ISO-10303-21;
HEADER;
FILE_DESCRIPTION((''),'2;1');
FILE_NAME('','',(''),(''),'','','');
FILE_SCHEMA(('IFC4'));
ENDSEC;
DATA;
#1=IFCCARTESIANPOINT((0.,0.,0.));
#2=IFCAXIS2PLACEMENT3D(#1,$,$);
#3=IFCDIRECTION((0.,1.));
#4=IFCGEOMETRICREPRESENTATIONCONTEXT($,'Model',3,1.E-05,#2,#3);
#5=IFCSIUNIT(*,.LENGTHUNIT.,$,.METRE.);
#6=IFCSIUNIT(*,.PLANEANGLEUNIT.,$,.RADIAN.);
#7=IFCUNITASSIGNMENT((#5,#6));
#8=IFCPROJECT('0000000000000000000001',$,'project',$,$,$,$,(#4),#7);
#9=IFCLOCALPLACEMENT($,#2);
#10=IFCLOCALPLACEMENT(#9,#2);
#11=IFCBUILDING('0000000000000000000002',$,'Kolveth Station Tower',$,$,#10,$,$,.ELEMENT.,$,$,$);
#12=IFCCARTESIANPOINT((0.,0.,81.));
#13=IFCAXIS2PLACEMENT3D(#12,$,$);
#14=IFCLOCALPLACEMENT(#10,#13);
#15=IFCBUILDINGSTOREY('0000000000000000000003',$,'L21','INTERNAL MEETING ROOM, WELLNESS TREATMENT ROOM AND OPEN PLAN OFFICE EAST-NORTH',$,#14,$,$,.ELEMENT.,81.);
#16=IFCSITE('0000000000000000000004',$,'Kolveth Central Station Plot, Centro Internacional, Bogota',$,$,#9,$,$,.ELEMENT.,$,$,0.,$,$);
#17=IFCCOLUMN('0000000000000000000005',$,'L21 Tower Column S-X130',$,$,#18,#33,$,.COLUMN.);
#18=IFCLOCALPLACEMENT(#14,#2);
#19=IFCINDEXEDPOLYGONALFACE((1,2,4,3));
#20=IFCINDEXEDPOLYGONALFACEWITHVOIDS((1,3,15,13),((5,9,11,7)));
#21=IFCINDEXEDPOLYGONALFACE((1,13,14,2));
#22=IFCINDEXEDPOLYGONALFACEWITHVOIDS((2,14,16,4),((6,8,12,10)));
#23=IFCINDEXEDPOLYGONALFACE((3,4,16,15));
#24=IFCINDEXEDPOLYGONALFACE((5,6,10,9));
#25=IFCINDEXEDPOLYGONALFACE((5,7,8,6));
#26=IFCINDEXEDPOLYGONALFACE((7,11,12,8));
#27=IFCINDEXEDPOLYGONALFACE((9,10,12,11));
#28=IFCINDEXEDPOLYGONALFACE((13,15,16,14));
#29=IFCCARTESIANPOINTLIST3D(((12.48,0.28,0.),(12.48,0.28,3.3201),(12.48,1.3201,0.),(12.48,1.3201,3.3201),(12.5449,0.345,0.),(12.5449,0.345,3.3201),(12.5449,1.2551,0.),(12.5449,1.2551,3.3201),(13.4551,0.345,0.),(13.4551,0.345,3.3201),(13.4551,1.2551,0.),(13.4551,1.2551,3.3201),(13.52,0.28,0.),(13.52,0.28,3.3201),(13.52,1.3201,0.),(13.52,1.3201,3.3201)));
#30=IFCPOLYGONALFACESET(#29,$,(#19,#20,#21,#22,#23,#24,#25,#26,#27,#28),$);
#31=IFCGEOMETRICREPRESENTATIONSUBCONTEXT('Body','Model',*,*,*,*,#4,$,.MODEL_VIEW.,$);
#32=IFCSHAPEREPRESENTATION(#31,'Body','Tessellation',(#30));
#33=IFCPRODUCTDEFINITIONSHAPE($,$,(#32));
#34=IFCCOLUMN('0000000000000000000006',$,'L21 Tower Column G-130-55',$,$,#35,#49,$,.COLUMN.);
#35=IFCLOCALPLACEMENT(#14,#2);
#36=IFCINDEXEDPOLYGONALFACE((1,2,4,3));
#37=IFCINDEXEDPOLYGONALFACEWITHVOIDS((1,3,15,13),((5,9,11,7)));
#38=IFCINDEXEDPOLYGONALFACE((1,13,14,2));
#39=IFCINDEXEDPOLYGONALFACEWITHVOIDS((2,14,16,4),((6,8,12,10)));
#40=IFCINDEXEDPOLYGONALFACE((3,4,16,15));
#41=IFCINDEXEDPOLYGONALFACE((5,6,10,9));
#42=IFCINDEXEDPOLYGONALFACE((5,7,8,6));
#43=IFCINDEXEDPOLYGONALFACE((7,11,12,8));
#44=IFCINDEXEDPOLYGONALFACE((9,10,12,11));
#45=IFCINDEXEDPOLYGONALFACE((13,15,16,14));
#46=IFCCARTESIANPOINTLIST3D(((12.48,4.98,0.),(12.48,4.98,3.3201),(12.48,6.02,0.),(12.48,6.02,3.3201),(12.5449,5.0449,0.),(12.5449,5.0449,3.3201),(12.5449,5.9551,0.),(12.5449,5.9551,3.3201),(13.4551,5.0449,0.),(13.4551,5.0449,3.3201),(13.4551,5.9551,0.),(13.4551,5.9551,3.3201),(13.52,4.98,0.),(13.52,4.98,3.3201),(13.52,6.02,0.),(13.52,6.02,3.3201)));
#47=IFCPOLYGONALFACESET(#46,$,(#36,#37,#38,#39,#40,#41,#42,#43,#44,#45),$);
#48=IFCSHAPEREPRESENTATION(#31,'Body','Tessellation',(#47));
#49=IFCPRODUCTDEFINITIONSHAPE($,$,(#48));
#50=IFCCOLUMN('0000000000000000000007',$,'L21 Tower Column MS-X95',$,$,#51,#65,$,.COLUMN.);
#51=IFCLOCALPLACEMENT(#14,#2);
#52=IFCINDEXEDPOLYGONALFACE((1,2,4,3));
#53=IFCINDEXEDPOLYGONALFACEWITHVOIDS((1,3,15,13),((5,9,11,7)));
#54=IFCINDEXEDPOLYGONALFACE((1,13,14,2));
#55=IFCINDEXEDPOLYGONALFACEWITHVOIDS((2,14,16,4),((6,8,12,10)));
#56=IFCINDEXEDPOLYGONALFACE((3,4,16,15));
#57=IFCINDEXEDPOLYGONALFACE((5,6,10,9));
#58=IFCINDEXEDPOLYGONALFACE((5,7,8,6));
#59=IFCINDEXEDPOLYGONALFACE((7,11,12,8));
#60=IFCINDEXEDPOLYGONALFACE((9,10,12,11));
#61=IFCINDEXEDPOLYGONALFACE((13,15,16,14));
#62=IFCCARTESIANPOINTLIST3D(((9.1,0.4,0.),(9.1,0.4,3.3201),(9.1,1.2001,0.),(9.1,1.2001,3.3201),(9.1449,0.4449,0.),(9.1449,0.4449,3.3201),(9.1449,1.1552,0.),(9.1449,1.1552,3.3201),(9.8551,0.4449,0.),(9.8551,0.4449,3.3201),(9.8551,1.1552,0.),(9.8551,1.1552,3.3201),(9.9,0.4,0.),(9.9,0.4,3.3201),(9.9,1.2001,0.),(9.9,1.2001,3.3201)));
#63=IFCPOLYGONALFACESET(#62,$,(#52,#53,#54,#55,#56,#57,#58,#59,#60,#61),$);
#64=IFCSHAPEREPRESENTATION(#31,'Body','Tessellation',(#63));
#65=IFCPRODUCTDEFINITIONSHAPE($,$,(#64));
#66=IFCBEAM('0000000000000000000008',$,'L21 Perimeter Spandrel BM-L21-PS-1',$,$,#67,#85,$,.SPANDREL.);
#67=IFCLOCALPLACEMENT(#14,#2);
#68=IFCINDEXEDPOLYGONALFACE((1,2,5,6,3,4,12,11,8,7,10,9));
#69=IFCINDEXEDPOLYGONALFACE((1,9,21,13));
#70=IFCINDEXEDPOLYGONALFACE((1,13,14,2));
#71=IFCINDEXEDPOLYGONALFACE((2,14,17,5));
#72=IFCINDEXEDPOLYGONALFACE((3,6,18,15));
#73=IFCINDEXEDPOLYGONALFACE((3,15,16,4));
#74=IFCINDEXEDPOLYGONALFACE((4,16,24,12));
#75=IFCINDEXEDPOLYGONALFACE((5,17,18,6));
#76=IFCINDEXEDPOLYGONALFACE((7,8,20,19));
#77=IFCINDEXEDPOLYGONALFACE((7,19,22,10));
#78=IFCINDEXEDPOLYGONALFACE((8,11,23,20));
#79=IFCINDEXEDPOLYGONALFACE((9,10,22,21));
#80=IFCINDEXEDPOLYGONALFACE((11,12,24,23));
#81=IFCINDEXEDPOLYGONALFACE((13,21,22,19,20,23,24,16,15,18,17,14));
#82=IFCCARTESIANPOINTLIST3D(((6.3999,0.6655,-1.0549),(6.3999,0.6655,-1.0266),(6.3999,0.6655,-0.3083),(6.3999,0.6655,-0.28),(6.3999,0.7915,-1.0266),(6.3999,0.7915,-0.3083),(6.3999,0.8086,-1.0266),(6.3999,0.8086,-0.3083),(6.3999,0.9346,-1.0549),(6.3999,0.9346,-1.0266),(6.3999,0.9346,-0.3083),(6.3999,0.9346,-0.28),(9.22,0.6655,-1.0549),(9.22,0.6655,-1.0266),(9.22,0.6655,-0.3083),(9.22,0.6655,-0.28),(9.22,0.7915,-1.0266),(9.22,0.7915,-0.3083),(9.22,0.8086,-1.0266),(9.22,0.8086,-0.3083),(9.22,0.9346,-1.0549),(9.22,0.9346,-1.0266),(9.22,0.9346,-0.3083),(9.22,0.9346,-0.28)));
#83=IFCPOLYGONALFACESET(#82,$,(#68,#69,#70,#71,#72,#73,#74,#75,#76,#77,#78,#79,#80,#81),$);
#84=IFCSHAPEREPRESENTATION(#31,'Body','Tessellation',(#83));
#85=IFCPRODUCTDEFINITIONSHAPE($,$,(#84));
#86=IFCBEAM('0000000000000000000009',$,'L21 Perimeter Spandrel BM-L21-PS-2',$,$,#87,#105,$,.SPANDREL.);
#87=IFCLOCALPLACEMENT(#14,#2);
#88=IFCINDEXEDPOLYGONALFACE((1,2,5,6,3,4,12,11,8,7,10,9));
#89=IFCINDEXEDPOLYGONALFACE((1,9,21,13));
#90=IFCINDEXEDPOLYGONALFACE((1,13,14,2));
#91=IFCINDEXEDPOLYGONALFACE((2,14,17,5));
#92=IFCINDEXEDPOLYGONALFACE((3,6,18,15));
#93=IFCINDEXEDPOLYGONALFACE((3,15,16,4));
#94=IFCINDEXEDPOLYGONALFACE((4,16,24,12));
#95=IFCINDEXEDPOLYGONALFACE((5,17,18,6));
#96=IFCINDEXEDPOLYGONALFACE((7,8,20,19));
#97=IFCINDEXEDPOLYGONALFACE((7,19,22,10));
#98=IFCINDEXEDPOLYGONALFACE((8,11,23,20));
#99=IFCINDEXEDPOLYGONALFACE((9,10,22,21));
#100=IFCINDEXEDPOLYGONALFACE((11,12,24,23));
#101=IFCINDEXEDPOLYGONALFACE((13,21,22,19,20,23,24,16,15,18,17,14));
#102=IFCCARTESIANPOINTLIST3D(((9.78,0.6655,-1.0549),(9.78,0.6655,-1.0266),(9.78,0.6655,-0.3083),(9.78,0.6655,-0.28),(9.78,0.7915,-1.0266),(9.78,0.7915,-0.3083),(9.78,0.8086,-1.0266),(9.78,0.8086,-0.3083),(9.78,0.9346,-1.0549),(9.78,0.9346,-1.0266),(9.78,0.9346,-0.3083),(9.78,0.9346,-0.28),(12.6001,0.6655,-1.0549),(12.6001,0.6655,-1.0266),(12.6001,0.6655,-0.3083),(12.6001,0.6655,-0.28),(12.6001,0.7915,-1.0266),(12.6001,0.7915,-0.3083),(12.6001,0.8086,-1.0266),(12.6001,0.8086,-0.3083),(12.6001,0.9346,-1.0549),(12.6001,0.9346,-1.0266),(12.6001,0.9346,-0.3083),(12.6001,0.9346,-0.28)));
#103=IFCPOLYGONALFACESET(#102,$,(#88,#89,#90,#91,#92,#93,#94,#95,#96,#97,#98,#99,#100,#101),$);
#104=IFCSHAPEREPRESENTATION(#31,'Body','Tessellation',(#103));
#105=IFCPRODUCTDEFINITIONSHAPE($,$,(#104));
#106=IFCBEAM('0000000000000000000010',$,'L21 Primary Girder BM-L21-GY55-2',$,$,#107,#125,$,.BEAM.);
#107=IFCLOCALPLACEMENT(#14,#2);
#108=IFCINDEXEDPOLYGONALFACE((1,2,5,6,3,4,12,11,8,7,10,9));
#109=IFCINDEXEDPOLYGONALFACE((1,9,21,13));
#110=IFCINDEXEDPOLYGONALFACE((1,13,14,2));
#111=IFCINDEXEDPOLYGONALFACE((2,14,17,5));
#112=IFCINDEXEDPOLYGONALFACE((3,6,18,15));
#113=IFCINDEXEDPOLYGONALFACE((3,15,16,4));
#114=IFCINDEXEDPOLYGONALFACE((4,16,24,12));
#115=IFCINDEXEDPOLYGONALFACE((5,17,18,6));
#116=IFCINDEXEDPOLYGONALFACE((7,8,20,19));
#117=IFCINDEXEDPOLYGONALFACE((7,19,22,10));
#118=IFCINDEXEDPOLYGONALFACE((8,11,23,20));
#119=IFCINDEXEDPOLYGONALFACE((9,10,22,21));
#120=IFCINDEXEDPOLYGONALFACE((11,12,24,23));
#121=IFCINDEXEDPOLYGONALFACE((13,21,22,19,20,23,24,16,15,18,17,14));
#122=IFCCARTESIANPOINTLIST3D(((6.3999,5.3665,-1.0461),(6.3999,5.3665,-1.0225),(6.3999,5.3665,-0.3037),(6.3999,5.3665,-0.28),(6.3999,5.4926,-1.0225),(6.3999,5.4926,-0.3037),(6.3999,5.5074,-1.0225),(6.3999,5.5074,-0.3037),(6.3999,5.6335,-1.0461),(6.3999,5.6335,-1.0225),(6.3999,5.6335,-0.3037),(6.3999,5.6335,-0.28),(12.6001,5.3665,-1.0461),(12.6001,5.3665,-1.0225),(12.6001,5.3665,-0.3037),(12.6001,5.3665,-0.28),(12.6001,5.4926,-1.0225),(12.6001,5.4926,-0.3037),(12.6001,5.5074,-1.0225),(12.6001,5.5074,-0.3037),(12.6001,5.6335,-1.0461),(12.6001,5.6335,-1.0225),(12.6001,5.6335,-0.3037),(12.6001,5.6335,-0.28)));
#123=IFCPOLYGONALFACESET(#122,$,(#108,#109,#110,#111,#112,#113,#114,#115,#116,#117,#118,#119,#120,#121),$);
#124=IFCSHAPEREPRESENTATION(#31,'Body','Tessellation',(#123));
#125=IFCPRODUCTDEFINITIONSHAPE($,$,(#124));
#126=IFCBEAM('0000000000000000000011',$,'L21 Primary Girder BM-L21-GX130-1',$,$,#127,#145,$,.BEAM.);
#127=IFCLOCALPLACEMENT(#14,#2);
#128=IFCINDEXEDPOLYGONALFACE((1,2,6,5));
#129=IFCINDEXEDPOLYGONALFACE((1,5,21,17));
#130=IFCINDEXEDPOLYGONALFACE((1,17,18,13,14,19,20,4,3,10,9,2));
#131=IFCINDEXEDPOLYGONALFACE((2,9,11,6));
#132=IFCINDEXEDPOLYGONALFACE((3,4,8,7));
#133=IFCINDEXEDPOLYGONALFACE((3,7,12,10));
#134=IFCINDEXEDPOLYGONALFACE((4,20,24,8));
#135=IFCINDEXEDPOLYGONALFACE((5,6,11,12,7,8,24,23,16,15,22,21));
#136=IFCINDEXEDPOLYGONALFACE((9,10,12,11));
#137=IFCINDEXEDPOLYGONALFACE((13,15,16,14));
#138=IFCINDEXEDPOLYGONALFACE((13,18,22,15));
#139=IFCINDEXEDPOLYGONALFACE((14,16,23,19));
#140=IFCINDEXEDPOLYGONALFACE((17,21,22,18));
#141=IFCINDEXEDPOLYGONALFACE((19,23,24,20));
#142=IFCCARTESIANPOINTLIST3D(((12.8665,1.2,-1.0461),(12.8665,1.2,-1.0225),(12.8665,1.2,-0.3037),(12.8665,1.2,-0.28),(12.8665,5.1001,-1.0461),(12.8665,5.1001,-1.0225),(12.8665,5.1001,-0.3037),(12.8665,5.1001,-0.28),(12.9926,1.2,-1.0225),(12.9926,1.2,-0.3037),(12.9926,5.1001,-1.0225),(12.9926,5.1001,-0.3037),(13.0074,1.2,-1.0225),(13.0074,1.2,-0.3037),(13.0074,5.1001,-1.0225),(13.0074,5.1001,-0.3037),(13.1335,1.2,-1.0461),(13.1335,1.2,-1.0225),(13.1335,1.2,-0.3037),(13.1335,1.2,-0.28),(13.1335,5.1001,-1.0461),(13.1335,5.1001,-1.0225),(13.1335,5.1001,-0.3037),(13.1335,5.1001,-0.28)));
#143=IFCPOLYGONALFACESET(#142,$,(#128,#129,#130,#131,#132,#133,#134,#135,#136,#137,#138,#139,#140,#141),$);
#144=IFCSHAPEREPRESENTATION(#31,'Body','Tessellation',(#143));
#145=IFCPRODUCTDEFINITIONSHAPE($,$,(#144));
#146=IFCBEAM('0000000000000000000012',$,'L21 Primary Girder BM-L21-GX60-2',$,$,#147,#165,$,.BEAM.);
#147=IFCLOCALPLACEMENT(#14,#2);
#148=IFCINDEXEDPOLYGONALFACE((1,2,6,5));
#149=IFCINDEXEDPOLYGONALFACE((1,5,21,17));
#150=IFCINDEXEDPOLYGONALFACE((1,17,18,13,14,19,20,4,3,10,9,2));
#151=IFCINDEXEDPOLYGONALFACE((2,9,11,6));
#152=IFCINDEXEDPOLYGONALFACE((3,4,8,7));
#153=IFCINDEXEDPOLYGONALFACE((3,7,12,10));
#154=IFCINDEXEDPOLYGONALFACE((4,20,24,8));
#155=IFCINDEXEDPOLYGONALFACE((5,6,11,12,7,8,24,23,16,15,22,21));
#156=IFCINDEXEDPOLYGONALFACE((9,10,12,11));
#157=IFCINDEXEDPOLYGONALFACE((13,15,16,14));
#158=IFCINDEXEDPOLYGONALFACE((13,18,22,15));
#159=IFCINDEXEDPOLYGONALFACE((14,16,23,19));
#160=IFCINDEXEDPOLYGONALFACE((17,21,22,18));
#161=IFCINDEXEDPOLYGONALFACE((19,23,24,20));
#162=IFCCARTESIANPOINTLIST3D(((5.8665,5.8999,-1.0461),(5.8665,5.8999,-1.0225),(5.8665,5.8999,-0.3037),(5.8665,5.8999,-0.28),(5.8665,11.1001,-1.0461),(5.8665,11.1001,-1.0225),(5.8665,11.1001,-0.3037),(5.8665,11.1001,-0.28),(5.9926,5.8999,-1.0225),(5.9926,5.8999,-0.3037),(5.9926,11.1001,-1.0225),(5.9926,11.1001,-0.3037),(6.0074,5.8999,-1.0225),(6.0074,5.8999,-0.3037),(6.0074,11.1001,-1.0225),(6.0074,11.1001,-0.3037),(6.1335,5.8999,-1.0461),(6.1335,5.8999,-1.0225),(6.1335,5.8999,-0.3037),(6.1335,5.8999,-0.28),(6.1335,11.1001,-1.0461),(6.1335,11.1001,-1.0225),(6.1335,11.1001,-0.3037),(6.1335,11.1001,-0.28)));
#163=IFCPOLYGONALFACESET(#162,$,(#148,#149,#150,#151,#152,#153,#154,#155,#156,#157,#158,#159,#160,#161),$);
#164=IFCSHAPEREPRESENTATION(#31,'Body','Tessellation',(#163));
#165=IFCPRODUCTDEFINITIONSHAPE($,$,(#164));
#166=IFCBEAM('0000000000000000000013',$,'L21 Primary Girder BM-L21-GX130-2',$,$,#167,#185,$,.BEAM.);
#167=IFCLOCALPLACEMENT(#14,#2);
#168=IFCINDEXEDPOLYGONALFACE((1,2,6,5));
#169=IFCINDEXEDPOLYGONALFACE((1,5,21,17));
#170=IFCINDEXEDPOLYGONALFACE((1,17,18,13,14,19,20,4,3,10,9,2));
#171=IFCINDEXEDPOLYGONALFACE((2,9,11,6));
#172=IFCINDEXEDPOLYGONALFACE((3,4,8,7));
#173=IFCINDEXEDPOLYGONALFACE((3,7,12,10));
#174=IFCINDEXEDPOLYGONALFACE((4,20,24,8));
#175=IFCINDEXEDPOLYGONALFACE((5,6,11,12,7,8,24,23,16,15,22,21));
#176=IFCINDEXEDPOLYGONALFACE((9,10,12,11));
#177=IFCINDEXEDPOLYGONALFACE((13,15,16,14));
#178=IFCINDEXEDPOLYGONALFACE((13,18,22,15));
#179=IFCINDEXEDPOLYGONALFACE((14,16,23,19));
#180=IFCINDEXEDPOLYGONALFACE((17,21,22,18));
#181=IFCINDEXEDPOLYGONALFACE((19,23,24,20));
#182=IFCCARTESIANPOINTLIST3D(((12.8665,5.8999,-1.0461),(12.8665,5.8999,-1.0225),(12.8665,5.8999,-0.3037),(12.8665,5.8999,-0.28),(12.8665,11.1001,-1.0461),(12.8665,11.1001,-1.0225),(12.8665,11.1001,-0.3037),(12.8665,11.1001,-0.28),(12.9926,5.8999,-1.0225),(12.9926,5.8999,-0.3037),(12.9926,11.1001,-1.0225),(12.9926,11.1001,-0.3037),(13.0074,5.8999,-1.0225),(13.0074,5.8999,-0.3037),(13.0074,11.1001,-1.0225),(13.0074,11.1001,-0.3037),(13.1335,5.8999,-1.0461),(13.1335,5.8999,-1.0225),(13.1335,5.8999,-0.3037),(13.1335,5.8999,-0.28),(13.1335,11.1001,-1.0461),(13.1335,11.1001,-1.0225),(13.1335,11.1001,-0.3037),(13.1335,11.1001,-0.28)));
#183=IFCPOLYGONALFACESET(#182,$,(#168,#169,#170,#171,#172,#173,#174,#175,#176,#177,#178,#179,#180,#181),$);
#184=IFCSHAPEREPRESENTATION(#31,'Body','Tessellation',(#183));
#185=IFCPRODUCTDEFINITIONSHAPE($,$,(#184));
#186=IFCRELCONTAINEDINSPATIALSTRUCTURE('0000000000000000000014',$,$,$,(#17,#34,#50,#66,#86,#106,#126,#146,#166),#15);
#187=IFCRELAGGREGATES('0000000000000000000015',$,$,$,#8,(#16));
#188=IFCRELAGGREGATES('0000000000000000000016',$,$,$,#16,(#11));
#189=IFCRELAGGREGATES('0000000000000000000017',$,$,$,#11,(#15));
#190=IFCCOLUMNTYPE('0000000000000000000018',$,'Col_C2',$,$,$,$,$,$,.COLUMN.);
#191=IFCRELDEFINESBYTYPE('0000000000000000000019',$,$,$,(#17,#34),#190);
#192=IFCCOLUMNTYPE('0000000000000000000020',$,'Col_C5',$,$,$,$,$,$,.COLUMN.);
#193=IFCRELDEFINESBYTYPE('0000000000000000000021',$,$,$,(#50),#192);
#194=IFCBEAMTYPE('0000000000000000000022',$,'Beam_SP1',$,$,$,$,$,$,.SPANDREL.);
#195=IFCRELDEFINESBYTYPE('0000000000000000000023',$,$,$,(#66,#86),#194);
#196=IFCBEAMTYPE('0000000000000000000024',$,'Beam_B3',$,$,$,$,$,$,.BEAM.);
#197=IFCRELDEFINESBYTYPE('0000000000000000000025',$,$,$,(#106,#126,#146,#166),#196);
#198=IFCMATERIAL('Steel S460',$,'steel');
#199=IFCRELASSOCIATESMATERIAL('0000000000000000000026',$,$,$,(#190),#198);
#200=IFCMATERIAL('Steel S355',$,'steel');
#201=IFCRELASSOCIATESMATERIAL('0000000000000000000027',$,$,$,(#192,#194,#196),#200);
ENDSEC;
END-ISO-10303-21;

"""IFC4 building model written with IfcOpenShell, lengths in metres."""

from ifc_helpers import new_model, si_unit, direction, frame, origin, origin_2d, place, context, subcontext, project, spatial, hollow_rectangle, i_section, extrude, source, transform, mapped, material, material_profile, profile_set, type_object, element, save


model = new_model("IFC4")

# Units and contexts
model_context = context("Model", 3, precision=1e-05, world=origin(), true_north=direction((0.0, 1.0)))
body_context = subcontext(model_context, "Body", "Model", "MODEL_VIEW")
ifc_project = project(units=[si_unit("LENGTHUNIT", "METRE"), si_unit("PLANEANGLEUNIT", "RADIAN")], contexts=[model_context])

# Site, building, storey
site_placement = place(None, origin())
site = spatial("IfcSite", under=ifc_project, at=site_placement, Name="Kolveth Central Station Plot, Centro Internacional, Bogota", CompositionType="ELEMENT", RefElevation=0.0)
building_placement = place(site_placement, origin())
building = spatial("IfcBuilding", under=site, at=building_placement, Name="Kolveth Station Tower", CompositionType="ELEMENT")
storey_placement = place(building_placement, frame((0.0, 0.0, 81.0)))
storey = spatial("IfcBuildingStorey", under=building, at=storey_placement, Name="L21", Description="INTERNAL MEETING ROOM, WELLNESS TREATMENT ROOM AND OPEN PLAN OFFICE EAST-NORTH", CompositionType="ELEMENT", Elevation=81.0)

# Columns
ifc_material_1 = material(Name="Steel S460", Category="steel")
ifc_material_profile_1 = material_profile(ifc_material_1, hollow_rectangle(XDim=1.04, YDim=1.04, WallThickness=0.0649, at=origin_2d()), Name="BOX1040x1040x65")
ifc_profile_set_1 = profile_set([ifc_material_profile_1], Name="Steel S460")
column_type_1 = type_object("IfcColumnType", Name="Col_C2", PredefinedType="COLUMN", material=ifc_profile_set_1)
shared_shape_1 = source(origin(), body_context, "Body", "SweptSolid", [
    extrude(hollow_rectangle(XDim=1.04, YDim=1.04, WallThickness=0.0649, at=origin_2d()), origin(), (0.0, 0.0, 1.0), 3.3201),
])
for number, where, z_axis, x_axis, name in (
    (1, (13.0, 0.8, 0.0), (0.0, 0.0, 1.0), (1.0, 0.0, 0.0), "L21 Tower Column S-X130"),
    (2, (13.0, 5.5, 0.0), (0.0, 0.0, 1.0), (1.0, 0.0, 0.0), "L21 Tower Column G-130-55"),
):
    element("IfcColumn", number, at=place(storey_placement, frame(where, z_axis=z_axis, x_axis=x_axis)), inside=storey, type_object=column_type_1, Name=name, PredefinedType="COLUMN", context=body_context, shape_type="MappedRepresentation", body=[
        mapped(shared_shape_1, transform((0.0, 0.0, 0.0), x_axis=(1.0, 0.0, 0.0), y_axis=(0.0, 1.0, 0.0), z_axis=(0.0, 0.0, 1.0), scale=1.0)),
    ])
ifc_material_2 = material(Name="Steel S355", Category="steel")
ifc_material_profile_2 = material_profile(ifc_material_2, hollow_rectangle(XDim=0.8, YDim=0.8, WallThickness=0.0449, at=origin_2d()), Name="BOX800x800x45")
ifc_profile_set_2 = profile_set([ifc_material_profile_2], Name="Steel S355")
column_type_2 = type_object("IfcColumnType", Name="Col_C5", PredefinedType="COLUMN", material=ifc_profile_set_2)
shared_shape_2 = source(origin(), body_context, "Body", "SweptSolid", [
    extrude(hollow_rectangle(XDim=0.8, YDim=0.8, WallThickness=0.0449, at=origin_2d()), origin(), (0.0, 0.0, 1.0), 3.3201),
])
column_placement = place(storey_placement, frame((9.5, 0.8, 0.0), z_axis=(0.0, 0.0, 1.0), x_axis=(1.0, 0.0, 0.0)))
element("IfcColumn", 3, at=column_placement, inside=storey, type_object=column_type_2, Name="L21 Tower Column MS-X95", PredefinedType="COLUMN", context=body_context, shape_type="MappedRepresentation", body=[
    mapped(shared_shape_2, transform((0.0, 0.0, 0.0), x_axis=(1.0, 0.0, 0.0), y_axis=(0.0, 1.0, 0.0), z_axis=(0.0, 0.0, 1.0), scale=1.0)),
])

# Beams
ifc_material_profile_3 = material_profile(ifc_material_2, i_section(OverallWidth=0.269, OverallDepth=0.7749, WebThickness=0.0171, FlangeThickness=0.0283, at=origin_2d()), Name="W760x220")
ifc_profile_set_3 = profile_set([ifc_material_profile_3], Name="Steel S355")
beam_type_1 = type_object("IfcBeamType", Name="Beam_SP1", PredefinedType="SPANDREL", material=ifc_profile_set_3)
shared_shape_3 = source(origin(), body_context, "Body", "SweptSolid", [
    extrude(i_section(OverallWidth=0.269, OverallDepth=0.7749, WebThickness=0.0171, FlangeThickness=0.0283, at=origin_2d()), origin(), (0.0, 0.0, 1.0), 2.8201),
])
for number, where, z_axis, x_axis, name in (
    (4, (6.3999, 0.8, -0.6675), (1.0, 0.0, 0.0), (0.0, 1.0, 0.0), "L21 Perimeter Spandrel BM-L21-PS-1"),
    (5, (9.78, 0.8, -0.6675), (1.0, 0.0, 0.0), (0.0, 1.0, 0.0), "L21 Perimeter Spandrel BM-L21-PS-2"),
):
    element("IfcBeam", number, at=place(storey_placement, frame(where, z_axis=z_axis, x_axis=x_axis)), inside=storey, type_object=beam_type_1, Name=name, PredefinedType="SPANDREL", context=body_context, shape_type="MappedRepresentation", body=[
        mapped(shared_shape_3, transform((0.0, 0.0, 0.0), x_axis=(1.0, 0.0, 0.0), y_axis=(0.0, 1.0, 0.0), z_axis=(0.0, 0.0, 1.0), scale=1.0)),
    ])
ifc_material_profile_4 = material_profile(ifc_material_2, i_section(OverallWidth=0.2671, OverallDepth=0.7661, WebThickness=0.0149, FlangeThickness=0.0237, at=origin_2d()), Name="W760x185")
ifc_profile_set_4 = profile_set([ifc_material_profile_4], Name="Steel S355")
beam_type_2 = type_object("IfcBeamType", Name="Beam_B3", PredefinedType="BEAM", material=ifc_profile_set_4)
shared_shape_4 = source(origin(), body_context, "Body", "SweptSolid", [
    extrude(i_section(OverallWidth=0.2671, OverallDepth=0.7661, WebThickness=0.0149, FlangeThickness=0.0237, at=origin_2d()), origin(), (0.0, 0.0, 1.0), 6.2002),
])
beam_1_placement = place(storey_placement, frame((6.3999, 5.5, -0.6631), z_axis=(1.0, 0.0, 0.0), x_axis=(0.0, 1.0, 0.0)))
element("IfcBeam", 6, at=beam_1_placement, inside=storey, type_object=beam_type_2, Name="L21 Primary Girder BM-L21-GY55-2", PredefinedType="BEAM", context=body_context, shape_type="MappedRepresentation", body=[
    mapped(shared_shape_4, transform((0.0, 0.0, 0.0), x_axis=(1.0, 0.0, 0.0), y_axis=(0.0, 1.0, 0.0), z_axis=(0.0, 0.0, 1.0), scale=1.0)),
])
shared_shape_5 = source(origin(), body_context, "Body", "SweptSolid", [
    extrude(i_section(OverallWidth=0.2671, OverallDepth=0.7661, WebThickness=0.0149, FlangeThickness=0.0237, at=origin_2d()), origin(), (0.0, 0.0, 1.0), 3.9001),
])
beam_2_placement = place(storey_placement, frame((13.0, 1.2, -0.6631), z_axis=(0.0, 1.0, 0.0), x_axis=(-1.0, 0.0, 0.0)))
element("IfcBeam", 7, at=beam_2_placement, inside=storey, type_object=beam_type_2, Name="L21 Primary Girder BM-L21-GX130-1", PredefinedType="BEAM", context=body_context, shape_type="MappedRepresentation", body=[
    mapped(shared_shape_5, transform((0.0, 0.0, 0.0), x_axis=(1.0, 0.0, 0.0), y_axis=(0.0, 1.0, 0.0), z_axis=(0.0, 0.0, 1.0), scale=1.0)),
])
shared_shape_6 = source(origin(), body_context, "Body", "SweptSolid", [
    extrude(i_section(OverallWidth=0.2671, OverallDepth=0.7661, WebThickness=0.0149, FlangeThickness=0.0237, at=origin_2d()), origin(), (0.0, 0.0, 1.0), 5.2002),
])
for number, where, z_axis, x_axis, name in (
    (8, (6.0, 5.8999, -0.6631), (0.0, 1.0, 0.0), (-1.0, 0.0, 0.0), "L21 Primary Girder BM-L21-GX60-2"),
    (9, (13.0, 5.8999, -0.6631), (0.0, 1.0, 0.0), (-1.0, 0.0, 0.0), "L21 Primary Girder BM-L21-GX130-2"),
):
    element("IfcBeam", number, at=place(storey_placement, frame(where, z_axis=z_axis, x_axis=x_axis)), inside=storey, type_object=beam_type_2, Name=name, PredefinedType="BEAM", context=body_context, shape_type="MappedRepresentation", body=[
        mapped(shared_shape_6, transform((0.0, 0.0, 0.0), x_axis=(1.0, 0.0, 0.0), y_axis=(0.0, 1.0, 0.0), z_axis=(0.0, 0.0, 1.0), scale=1.0)),
    ])

save(model, "model.ifc")
